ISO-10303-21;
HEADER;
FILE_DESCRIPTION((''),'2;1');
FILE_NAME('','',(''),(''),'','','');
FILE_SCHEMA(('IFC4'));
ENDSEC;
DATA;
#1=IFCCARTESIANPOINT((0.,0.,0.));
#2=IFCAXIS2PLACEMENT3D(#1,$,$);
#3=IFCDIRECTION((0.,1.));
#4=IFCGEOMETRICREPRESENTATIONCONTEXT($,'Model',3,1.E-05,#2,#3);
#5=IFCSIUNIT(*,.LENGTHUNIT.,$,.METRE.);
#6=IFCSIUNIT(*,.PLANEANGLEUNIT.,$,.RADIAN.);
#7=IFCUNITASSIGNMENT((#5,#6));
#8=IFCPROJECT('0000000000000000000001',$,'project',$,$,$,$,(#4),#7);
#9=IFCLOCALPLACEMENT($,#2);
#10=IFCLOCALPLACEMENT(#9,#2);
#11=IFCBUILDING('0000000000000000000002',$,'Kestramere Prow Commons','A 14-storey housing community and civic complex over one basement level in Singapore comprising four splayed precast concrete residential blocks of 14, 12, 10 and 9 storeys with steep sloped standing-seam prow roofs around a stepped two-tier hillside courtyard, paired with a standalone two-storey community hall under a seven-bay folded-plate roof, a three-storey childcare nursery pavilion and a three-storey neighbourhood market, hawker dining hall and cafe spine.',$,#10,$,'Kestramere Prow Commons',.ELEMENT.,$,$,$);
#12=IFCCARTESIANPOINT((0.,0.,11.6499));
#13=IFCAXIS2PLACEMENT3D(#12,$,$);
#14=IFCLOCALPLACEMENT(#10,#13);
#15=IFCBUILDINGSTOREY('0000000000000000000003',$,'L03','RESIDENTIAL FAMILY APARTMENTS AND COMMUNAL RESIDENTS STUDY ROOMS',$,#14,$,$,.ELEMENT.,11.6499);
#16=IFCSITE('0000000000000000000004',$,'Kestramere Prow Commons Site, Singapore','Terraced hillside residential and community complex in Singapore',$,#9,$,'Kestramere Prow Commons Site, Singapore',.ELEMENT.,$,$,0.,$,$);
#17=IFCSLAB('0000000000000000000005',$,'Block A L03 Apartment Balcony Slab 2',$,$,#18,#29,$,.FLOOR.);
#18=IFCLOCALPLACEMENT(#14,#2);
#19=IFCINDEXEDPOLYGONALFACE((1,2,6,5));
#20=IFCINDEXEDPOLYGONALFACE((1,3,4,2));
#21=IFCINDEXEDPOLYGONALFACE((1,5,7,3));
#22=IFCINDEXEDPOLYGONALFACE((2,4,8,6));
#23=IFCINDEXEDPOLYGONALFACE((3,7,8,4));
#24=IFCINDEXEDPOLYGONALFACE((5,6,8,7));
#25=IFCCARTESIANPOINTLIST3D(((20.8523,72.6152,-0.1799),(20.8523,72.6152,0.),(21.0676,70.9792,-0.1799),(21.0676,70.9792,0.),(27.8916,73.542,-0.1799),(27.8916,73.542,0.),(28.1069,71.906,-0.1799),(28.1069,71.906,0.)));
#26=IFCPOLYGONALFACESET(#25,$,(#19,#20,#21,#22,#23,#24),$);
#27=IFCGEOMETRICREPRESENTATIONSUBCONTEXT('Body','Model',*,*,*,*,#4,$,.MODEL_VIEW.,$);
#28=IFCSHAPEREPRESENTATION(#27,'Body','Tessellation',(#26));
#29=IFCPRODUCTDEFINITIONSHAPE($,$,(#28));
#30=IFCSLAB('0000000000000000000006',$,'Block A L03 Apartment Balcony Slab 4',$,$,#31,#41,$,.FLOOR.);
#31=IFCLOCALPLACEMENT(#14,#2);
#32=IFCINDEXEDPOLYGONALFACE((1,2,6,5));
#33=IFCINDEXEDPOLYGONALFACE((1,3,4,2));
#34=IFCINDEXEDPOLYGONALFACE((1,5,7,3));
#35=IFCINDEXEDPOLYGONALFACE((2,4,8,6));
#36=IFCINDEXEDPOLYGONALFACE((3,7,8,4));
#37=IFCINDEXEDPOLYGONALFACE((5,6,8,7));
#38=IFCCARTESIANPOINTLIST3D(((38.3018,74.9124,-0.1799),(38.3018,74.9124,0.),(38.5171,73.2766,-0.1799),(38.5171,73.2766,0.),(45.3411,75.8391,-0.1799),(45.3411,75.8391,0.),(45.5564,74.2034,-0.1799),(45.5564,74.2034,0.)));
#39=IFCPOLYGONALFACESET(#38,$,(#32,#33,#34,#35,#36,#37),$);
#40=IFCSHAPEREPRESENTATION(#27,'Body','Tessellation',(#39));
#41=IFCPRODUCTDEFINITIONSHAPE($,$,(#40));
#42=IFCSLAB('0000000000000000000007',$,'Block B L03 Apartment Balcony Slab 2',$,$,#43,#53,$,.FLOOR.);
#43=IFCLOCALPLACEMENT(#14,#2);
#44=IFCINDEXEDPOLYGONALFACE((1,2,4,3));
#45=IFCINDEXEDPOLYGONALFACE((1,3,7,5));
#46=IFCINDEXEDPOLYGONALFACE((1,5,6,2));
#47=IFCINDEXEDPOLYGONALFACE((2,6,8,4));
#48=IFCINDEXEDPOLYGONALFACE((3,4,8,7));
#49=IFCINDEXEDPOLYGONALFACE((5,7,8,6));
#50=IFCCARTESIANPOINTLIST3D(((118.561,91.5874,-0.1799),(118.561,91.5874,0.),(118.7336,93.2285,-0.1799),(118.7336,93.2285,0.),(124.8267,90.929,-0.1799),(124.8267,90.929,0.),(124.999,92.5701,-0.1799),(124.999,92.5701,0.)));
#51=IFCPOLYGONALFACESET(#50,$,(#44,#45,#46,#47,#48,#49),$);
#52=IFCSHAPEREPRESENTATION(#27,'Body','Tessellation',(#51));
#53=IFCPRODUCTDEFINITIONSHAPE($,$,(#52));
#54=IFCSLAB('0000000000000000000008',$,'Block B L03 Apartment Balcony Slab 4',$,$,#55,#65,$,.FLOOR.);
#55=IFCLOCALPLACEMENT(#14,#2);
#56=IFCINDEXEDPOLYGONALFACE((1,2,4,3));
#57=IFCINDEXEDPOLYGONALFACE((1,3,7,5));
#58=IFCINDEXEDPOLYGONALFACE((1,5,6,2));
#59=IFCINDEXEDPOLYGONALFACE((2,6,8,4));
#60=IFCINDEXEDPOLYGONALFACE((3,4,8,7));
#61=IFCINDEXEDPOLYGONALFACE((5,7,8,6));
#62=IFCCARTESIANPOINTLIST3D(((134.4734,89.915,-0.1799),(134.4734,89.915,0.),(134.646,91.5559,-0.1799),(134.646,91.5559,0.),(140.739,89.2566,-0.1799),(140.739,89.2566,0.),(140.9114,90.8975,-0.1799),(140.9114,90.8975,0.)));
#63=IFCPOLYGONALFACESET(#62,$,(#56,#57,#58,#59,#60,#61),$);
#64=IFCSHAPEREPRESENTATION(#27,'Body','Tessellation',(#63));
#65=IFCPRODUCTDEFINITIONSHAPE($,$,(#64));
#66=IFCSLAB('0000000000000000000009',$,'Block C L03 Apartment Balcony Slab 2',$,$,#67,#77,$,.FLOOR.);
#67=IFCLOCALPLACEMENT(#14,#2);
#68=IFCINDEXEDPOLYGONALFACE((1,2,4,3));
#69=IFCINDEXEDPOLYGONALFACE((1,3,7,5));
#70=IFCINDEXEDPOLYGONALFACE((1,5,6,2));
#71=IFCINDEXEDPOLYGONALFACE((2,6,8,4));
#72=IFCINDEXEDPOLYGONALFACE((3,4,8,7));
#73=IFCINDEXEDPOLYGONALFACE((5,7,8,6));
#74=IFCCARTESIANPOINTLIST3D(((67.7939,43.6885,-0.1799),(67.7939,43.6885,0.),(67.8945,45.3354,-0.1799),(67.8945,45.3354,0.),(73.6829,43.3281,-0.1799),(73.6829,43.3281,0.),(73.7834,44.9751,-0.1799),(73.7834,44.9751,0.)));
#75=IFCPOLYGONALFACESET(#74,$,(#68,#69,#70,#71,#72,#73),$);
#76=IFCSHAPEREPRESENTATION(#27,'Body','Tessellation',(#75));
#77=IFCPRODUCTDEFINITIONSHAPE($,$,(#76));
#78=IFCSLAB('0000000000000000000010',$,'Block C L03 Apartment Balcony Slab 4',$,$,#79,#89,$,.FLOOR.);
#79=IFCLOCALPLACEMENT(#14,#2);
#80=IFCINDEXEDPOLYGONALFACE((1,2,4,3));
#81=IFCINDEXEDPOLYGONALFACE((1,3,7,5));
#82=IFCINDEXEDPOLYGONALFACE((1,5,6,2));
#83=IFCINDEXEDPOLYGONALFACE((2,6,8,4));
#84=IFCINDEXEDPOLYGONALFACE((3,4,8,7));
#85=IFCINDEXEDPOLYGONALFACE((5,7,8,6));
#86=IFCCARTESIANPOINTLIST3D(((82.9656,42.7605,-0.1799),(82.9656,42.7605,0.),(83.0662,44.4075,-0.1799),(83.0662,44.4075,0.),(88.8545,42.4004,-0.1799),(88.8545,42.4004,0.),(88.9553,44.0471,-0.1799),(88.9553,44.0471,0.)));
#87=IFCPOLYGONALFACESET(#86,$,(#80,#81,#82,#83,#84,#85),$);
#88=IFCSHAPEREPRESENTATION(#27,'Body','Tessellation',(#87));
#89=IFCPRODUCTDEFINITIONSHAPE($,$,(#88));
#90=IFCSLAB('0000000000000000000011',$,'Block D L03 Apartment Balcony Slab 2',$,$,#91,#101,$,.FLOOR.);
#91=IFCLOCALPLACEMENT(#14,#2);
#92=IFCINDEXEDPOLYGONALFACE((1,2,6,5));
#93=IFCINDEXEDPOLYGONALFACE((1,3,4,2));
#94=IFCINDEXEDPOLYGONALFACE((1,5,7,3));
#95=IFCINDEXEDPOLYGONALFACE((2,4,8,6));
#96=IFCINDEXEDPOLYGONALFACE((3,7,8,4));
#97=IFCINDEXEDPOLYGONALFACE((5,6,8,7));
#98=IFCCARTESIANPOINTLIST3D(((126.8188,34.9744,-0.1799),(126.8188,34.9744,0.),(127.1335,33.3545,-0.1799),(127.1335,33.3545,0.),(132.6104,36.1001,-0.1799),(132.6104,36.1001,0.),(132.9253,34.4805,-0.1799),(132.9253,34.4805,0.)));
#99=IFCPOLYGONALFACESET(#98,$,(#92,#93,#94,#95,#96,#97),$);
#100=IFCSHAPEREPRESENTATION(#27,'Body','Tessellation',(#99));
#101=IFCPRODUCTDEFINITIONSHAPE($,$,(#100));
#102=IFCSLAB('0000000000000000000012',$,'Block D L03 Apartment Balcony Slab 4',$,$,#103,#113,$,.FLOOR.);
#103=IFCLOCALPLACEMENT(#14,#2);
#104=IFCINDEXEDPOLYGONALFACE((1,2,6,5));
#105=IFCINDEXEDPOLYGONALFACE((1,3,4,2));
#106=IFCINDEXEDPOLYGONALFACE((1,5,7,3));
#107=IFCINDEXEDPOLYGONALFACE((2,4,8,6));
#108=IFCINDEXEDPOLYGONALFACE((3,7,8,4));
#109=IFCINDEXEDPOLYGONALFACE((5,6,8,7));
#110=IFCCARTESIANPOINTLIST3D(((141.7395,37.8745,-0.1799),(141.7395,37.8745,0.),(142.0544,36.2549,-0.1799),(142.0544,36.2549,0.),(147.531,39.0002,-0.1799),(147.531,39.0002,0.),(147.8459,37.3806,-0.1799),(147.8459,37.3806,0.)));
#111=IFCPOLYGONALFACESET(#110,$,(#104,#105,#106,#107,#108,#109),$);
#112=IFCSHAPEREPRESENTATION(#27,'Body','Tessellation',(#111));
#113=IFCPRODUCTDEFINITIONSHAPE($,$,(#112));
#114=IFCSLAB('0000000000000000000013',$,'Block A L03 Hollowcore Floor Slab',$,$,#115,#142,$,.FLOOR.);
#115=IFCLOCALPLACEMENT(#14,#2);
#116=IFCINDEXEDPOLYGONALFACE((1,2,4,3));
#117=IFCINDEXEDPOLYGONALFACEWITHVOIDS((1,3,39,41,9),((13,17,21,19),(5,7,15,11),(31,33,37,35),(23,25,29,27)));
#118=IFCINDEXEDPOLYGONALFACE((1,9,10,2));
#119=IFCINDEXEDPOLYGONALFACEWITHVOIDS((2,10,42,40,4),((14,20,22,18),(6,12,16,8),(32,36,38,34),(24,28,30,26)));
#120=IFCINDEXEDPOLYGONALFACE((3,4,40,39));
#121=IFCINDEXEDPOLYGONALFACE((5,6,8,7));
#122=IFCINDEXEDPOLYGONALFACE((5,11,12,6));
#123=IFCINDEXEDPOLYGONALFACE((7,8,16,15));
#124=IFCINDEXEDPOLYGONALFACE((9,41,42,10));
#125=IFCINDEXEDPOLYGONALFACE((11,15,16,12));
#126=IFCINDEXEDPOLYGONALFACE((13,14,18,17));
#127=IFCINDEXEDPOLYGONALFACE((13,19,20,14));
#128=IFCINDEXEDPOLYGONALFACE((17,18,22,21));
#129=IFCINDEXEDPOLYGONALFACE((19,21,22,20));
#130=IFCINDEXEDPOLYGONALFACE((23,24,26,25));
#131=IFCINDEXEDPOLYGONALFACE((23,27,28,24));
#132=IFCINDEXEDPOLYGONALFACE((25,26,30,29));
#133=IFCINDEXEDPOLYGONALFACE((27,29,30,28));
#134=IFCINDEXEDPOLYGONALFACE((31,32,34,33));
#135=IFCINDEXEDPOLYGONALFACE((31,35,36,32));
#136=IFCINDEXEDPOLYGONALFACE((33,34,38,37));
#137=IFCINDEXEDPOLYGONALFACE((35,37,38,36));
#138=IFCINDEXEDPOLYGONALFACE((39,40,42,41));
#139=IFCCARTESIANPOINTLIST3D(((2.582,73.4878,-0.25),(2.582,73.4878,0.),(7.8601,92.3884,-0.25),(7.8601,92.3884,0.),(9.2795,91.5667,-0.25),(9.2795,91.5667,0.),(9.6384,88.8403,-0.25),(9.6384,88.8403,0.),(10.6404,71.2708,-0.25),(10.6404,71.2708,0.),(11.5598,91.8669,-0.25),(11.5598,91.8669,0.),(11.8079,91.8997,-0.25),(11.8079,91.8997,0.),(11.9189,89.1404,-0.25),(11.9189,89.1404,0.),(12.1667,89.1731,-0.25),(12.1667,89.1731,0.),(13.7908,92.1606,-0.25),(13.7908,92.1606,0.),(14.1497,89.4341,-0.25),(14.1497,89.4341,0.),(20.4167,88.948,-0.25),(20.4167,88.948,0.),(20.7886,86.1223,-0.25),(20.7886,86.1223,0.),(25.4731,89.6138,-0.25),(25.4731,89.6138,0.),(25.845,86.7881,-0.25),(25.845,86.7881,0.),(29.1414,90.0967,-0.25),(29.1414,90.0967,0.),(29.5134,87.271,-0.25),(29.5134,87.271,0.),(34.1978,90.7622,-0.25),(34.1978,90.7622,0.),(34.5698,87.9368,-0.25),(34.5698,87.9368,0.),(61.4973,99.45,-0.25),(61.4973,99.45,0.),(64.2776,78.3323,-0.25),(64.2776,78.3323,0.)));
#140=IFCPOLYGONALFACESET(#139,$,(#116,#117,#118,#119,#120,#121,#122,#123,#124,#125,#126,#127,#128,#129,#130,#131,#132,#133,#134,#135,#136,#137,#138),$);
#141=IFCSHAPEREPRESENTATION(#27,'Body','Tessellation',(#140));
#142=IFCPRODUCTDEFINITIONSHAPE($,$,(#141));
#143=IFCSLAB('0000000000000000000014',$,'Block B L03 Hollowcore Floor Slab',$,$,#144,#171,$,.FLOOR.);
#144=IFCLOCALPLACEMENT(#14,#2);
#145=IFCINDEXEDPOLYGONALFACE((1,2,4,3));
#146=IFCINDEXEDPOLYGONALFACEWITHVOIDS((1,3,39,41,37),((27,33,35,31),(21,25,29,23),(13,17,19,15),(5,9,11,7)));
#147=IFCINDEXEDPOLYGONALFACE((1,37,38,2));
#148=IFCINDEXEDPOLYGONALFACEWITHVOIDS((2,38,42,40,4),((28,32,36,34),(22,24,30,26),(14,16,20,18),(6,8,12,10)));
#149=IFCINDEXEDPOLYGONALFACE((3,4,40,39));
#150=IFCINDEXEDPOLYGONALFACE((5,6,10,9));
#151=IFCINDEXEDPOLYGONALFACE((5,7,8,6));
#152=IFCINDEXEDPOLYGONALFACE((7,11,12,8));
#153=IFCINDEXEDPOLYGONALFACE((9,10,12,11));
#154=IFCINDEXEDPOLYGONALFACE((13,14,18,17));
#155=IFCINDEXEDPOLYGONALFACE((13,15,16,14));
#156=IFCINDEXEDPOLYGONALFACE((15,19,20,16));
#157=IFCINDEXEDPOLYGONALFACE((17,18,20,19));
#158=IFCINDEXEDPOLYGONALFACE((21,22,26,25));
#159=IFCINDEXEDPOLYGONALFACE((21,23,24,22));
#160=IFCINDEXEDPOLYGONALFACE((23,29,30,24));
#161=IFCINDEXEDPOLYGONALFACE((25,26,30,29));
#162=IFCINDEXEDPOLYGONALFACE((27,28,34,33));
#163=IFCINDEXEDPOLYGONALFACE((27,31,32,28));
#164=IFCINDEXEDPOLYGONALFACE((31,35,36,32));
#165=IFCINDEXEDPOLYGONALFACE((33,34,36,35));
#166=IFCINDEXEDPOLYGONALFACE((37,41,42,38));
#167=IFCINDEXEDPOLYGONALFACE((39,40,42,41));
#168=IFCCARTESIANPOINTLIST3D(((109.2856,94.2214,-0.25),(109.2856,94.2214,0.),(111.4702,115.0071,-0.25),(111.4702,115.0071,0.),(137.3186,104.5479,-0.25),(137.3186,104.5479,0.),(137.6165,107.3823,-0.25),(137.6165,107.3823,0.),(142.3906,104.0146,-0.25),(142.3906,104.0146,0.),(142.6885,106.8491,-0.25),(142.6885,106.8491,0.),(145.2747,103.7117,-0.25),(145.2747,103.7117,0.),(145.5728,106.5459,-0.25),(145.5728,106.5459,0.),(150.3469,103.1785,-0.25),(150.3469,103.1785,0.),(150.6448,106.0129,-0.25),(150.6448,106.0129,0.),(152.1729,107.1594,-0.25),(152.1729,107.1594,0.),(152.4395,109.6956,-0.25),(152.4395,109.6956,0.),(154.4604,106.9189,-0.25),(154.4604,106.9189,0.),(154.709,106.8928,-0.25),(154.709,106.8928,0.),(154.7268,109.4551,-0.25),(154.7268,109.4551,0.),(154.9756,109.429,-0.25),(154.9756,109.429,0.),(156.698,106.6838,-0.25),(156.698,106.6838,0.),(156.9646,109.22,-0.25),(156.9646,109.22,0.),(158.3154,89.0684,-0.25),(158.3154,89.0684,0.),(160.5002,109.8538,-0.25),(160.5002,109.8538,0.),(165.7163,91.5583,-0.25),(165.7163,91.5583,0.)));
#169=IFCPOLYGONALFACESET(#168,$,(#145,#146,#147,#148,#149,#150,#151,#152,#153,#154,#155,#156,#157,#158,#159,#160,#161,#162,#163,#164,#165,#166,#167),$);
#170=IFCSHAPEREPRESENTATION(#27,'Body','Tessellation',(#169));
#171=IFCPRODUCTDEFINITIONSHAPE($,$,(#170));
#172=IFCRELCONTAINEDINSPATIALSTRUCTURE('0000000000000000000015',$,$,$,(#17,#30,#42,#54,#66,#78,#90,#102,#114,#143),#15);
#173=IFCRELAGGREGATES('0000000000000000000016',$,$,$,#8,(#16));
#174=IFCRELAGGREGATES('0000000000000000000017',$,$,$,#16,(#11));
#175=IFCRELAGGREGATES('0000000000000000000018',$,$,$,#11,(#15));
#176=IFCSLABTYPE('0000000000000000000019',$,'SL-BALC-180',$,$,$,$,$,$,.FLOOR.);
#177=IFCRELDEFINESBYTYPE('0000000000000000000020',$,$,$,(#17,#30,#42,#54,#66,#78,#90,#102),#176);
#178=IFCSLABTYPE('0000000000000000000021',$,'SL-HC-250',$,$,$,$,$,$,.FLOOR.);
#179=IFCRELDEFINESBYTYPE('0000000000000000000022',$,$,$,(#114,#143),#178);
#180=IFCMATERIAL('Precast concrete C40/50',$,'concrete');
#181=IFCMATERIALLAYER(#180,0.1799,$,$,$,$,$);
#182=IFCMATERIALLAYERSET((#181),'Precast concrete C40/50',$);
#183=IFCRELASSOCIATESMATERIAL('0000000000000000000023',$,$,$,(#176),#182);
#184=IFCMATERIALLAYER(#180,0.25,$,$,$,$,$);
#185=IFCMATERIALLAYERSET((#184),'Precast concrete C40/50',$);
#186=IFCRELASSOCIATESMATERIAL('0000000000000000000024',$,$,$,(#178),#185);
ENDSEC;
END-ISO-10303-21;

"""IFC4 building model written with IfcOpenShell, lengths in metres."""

from ifc_helpers import new_model, si_unit, direction, frame, origin, place, context, subcontext, project, spatial, polyline, outline, extrude, material, layer, layer_set, type_object, element, save


model = new_model("IFC4")

# Units and contexts
model_context = context("Model", 3, precision=1e-05, world=origin(), true_north=direction((0.0, 1.0)))
body_context = subcontext(model_context, "Body", "Model", "MODEL_VIEW")
ifc_project = project(units=[si_unit("LENGTHUNIT", "METRE"), si_unit("PLANEANGLEUNIT", "RADIAN")], contexts=[model_context])

# Site, building, storey
site_placement = place(None, origin())
site = spatial("IfcSite", under=ifc_project, at=site_placement, Name="Kestramere Prow Commons Site, Singapore", Description="Terraced hillside residential and community complex in Singapore", LongName="Kestramere Prow Commons Site, Singapore", CompositionType="ELEMENT", RefElevation=0.0)
building_placement = place(site_placement, origin())
building = spatial("IfcBuilding", under=site, at=building_placement, Name="Kestramere Prow Commons", Description="A 14-storey housing community and civic complex over one basement level in Singapore comprising four splayed precast concrete residential blocks of 14, 12, 10 and 9 storeys with steep sloped standing-seam prow roofs around a stepped two-tier hillside courtyard, paired with a standalone two-storey community hall under a seven-bay folded-plate roof, a three-storey childcare nursery pavilion and a three-storey neighbourhood market, hawker dining hall and cafe spine.", LongName="Kestramere Prow Commons", CompositionType="ELEMENT")
storey_placement = place(building_placement, frame((0.0, 0.0, 11.6499)))
storey = spatial("IfcBuildingStorey", under=building, at=storey_placement, Name="L03", Description="RESIDENTIAL FAMILY APARTMENTS AND COMMUNAL RESIDENTS STUDY ROOMS", CompositionType="ELEMENT", Elevation=11.6499)

# Slabs
ifc_material_1 = material(Name="Precast concrete C40/50", Category="concrete")
ifc_layer_1 = layer(ifc_material_1, 0.1799)
ifc_layer_set_1 = layer_set([ifc_layer_1], Name="Precast concrete C40/50")
slab_type_1 = type_object("IfcSlabType", Name="SL-BALC-180", PredefinedType="FLOOR", material=ifc_layer_set_1)
slab_1_placement = place(storey_placement, frame((0.0, 0.0, -0.1799)))
element("IfcSlab", 1, at=slab_1_placement, inside=storey, type_object=slab_type_1, Name="Block A L03 Apartment Balcony Slab 2", PredefinedType="FLOOR", context=body_context, shape_type="SweptSolid", body=[
    extrude(outline(polyline([(21.0676, 70.9792), (28.1069, 71.906), (27.8916, 73.542), (20.8523, 72.6152), (21.0676, 70.9792)])), origin(), (0.0, 0.0, 1.0), 0.1799),
])
slab_2_placement = place(storey_placement, frame((0.0, 0.0, -0.1799)))
element("IfcSlab", 2, at=slab_2_placement, inside=storey, type_object=slab_type_1, Name="Block A L03 Apartment Balcony Slab 4", PredefinedType="FLOOR", context=body_context, shape_type="SweptSolid", body=[
    extrude(outline(polyline([(38.5171, 73.2766), (45.5564, 74.2034), (45.3411, 75.8391), (38.3018, 74.9124), (38.5171, 73.2766)])), origin(), (0.0, 0.0, 1.0), 0.1799),
])
slab_3_placement = place(storey_placement, frame((0.0, 0.0, -0.1799)))
element("IfcSlab", 3, at=slab_3_placement, inside=storey, type_object=slab_type_1, Name="Block B L03 Apartment Balcony Slab 2", PredefinedType="FLOOR", context=body_context, shape_type="SweptSolid", body=[
    extrude(outline(polyline([(118.561, 91.5874), (124.8267, 90.929), (124.999, 92.5701), (118.7336, 93.2285), (118.561, 91.5874)])), origin(), (0.0, 0.0, 1.0), 0.1799),
])
slab_4_placement = place(storey_placement, frame((0.0, 0.0, -0.1799)))
element("IfcSlab", 4, at=slab_4_placement, inside=storey, type_object=slab_type_1, Name="Block B L03 Apartment Balcony Slab 4", PredefinedType="FLOOR", context=body_context, shape_type="SweptSolid", body=[
    extrude(outline(polyline([(134.4734, 89.915), (140.739, 89.2566), (140.9114, 90.8975), (134.646, 91.5559), (134.4734, 89.915)])), origin(), (0.0, 0.0, 1.0), 0.1799),
])
slab_5_placement = place(storey_placement, frame((0.0, 0.0, -0.1799)))
element("IfcSlab", 5, at=slab_5_placement, inside=storey, type_object=slab_type_1, Name="Block C L03 Apartment Balcony Slab 2", PredefinedType="FLOOR", context=body_context, shape_type="SweptSolid", body=[
    extrude(outline(polyline([(67.7939, 43.6885), (73.6829, 43.3281), (73.7834, 44.9751), (67.8945, 45.3354), (67.7939, 43.6885)])), origin(), (0.0, 0.0, 1.0), 0.1799),
])
slab_6_placement = place(storey_placement, frame((0.0, 0.0, -0.1799)))
element("IfcSlab", 6, at=slab_6_placement, inside=storey, type_object=slab_type_1, Name="Block C L03 Apartment Balcony Slab 4", PredefinedType="FLOOR", context=body_context, shape_type="SweptSolid", body=[
    extrude(outline(polyline([(82.9656, 42.7605), (88.8545, 42.4004), (88.9553, 44.0471), (83.0662, 44.4075), (82.9656, 42.7605)])), origin(), (0.0, 0.0, 1.0), 0.1799),
])
slab_7_placement = place(storey_placement, frame((0.0, 0.0, -0.1799)))
element("IfcSlab", 7, at=slab_7_placement, inside=storey, type_object=slab_type_1, Name="Block D L03 Apartment Balcony Slab 2", PredefinedType="FLOOR", context=body_context, shape_type="SweptSolid", body=[
    extrude(outline(polyline([(127.1335, 33.3545), (132.9253, 34.4805), (132.6104, 36.1001), (126.8188, 34.9744), (127.1335, 33.3545)])), origin(), (0.0, 0.0, 1.0), 0.1799),
])
slab_8_placement = place(storey_placement, frame((0.0, 0.0, -0.1799)))
element("IfcSlab", 8, at=slab_8_placement, inside=storey, type_object=slab_type_1, Name="Block D L03 Apartment Balcony Slab 4", PredefinedType="FLOOR", context=body_context, shape_type="SweptSolid", body=[
    extrude(outline(polyline([(142.0544, 36.2549), (147.8459, 37.3806), (147.531, 39.0002), (141.7395, 37.8745), (142.0544, 36.2549)])), origin(), (0.0, 0.0, 1.0), 0.1799),
])
ifc_layer_2 = layer(ifc_material_1, 0.25)
ifc_layer_set_2 = layer_set([ifc_layer_2], Name="Precast concrete C40/50")
slab_type_2 = type_object("IfcSlabType", Name="SL-HC-250", PredefinedType="FLOOR", material=ifc_layer_set_2)
slab_9_placement = place(storey_placement, frame((0.0, 0.0, -0.25)))
element("IfcSlab", 9, at=slab_9_placement, inside=storey, type_object=slab_type_2, Name="Block A L03 Hollowcore Floor Slab", PredefinedType="FLOOR", context=body_context, shape_type="SweptSolid", body=[
    extrude(outline(polyline([(2.582, 73.4878), (10.6404, 71.2708), (64.2776, 78.3323), (61.4973, 99.45), (7.8601, 92.3884), (2.582, 73.4878)]), holes=[polyline([(9.6384, 88.8403), (11.9189, 89.1404), (11.5598, 91.8669), (9.2795, 91.5667), (9.6384, 88.8403)]), polyline([(12.1667, 89.1731), (14.1497, 89.4341), (13.7908, 92.1606), (11.8079, 91.8997), (12.1667, 89.1731)]), polyline([(20.7886, 86.1223), (25.845, 86.7881), (25.4731, 89.6138), (20.4167, 88.948), (20.7886, 86.1223)]), polyline([(29.5134, 87.271), (34.5698, 87.9368), (34.1978, 90.7622), (29.1414, 90.0967), (29.5134, 87.271)])]), origin(), (0.0, 0.0, 1.0), 0.25),
])
slab_10_placement = place(storey_placement, frame((0.0, 0.0, -0.25)))
element("IfcSlab", 10, at=slab_10_placement, inside=storey, type_object=slab_type_2, Name="Block B L03 Hollowcore Floor Slab", PredefinedType="FLOOR", context=body_context, shape_type="SweptSolid", body=[
    extrude(outline(polyline([(109.2856, 94.2214), (158.3154, 89.0684), (165.7163, 91.5583), (160.5002, 109.8538), (111.4702, 115.0071), (109.2856, 94.2214)]), holes=[polyline([(152.1729, 107.1594), (154.4604, 106.9189), (154.7268, 109.4551), (152.4395, 109.6956), (152.1729, 107.1594)]), polyline([(154.709, 106.8928), (156.698, 106.6838), (156.9646, 109.22), (154.9756, 109.429), (154.709, 106.8928)]), polyline([(137.3186, 104.5479), (142.3906, 104.0146), (142.6885, 106.8491), (137.6165, 107.3823), (137.3186, 104.5479)]), polyline([(145.2747, 103.7117), (150.3469, 103.1785), (150.6448, 106.0129), (145.5728, 106.5459), (145.2747, 103.7117)])]), origin(), (0.0, 0.0, 1.0), 0.25),
])

save(model, "model.ifc")
